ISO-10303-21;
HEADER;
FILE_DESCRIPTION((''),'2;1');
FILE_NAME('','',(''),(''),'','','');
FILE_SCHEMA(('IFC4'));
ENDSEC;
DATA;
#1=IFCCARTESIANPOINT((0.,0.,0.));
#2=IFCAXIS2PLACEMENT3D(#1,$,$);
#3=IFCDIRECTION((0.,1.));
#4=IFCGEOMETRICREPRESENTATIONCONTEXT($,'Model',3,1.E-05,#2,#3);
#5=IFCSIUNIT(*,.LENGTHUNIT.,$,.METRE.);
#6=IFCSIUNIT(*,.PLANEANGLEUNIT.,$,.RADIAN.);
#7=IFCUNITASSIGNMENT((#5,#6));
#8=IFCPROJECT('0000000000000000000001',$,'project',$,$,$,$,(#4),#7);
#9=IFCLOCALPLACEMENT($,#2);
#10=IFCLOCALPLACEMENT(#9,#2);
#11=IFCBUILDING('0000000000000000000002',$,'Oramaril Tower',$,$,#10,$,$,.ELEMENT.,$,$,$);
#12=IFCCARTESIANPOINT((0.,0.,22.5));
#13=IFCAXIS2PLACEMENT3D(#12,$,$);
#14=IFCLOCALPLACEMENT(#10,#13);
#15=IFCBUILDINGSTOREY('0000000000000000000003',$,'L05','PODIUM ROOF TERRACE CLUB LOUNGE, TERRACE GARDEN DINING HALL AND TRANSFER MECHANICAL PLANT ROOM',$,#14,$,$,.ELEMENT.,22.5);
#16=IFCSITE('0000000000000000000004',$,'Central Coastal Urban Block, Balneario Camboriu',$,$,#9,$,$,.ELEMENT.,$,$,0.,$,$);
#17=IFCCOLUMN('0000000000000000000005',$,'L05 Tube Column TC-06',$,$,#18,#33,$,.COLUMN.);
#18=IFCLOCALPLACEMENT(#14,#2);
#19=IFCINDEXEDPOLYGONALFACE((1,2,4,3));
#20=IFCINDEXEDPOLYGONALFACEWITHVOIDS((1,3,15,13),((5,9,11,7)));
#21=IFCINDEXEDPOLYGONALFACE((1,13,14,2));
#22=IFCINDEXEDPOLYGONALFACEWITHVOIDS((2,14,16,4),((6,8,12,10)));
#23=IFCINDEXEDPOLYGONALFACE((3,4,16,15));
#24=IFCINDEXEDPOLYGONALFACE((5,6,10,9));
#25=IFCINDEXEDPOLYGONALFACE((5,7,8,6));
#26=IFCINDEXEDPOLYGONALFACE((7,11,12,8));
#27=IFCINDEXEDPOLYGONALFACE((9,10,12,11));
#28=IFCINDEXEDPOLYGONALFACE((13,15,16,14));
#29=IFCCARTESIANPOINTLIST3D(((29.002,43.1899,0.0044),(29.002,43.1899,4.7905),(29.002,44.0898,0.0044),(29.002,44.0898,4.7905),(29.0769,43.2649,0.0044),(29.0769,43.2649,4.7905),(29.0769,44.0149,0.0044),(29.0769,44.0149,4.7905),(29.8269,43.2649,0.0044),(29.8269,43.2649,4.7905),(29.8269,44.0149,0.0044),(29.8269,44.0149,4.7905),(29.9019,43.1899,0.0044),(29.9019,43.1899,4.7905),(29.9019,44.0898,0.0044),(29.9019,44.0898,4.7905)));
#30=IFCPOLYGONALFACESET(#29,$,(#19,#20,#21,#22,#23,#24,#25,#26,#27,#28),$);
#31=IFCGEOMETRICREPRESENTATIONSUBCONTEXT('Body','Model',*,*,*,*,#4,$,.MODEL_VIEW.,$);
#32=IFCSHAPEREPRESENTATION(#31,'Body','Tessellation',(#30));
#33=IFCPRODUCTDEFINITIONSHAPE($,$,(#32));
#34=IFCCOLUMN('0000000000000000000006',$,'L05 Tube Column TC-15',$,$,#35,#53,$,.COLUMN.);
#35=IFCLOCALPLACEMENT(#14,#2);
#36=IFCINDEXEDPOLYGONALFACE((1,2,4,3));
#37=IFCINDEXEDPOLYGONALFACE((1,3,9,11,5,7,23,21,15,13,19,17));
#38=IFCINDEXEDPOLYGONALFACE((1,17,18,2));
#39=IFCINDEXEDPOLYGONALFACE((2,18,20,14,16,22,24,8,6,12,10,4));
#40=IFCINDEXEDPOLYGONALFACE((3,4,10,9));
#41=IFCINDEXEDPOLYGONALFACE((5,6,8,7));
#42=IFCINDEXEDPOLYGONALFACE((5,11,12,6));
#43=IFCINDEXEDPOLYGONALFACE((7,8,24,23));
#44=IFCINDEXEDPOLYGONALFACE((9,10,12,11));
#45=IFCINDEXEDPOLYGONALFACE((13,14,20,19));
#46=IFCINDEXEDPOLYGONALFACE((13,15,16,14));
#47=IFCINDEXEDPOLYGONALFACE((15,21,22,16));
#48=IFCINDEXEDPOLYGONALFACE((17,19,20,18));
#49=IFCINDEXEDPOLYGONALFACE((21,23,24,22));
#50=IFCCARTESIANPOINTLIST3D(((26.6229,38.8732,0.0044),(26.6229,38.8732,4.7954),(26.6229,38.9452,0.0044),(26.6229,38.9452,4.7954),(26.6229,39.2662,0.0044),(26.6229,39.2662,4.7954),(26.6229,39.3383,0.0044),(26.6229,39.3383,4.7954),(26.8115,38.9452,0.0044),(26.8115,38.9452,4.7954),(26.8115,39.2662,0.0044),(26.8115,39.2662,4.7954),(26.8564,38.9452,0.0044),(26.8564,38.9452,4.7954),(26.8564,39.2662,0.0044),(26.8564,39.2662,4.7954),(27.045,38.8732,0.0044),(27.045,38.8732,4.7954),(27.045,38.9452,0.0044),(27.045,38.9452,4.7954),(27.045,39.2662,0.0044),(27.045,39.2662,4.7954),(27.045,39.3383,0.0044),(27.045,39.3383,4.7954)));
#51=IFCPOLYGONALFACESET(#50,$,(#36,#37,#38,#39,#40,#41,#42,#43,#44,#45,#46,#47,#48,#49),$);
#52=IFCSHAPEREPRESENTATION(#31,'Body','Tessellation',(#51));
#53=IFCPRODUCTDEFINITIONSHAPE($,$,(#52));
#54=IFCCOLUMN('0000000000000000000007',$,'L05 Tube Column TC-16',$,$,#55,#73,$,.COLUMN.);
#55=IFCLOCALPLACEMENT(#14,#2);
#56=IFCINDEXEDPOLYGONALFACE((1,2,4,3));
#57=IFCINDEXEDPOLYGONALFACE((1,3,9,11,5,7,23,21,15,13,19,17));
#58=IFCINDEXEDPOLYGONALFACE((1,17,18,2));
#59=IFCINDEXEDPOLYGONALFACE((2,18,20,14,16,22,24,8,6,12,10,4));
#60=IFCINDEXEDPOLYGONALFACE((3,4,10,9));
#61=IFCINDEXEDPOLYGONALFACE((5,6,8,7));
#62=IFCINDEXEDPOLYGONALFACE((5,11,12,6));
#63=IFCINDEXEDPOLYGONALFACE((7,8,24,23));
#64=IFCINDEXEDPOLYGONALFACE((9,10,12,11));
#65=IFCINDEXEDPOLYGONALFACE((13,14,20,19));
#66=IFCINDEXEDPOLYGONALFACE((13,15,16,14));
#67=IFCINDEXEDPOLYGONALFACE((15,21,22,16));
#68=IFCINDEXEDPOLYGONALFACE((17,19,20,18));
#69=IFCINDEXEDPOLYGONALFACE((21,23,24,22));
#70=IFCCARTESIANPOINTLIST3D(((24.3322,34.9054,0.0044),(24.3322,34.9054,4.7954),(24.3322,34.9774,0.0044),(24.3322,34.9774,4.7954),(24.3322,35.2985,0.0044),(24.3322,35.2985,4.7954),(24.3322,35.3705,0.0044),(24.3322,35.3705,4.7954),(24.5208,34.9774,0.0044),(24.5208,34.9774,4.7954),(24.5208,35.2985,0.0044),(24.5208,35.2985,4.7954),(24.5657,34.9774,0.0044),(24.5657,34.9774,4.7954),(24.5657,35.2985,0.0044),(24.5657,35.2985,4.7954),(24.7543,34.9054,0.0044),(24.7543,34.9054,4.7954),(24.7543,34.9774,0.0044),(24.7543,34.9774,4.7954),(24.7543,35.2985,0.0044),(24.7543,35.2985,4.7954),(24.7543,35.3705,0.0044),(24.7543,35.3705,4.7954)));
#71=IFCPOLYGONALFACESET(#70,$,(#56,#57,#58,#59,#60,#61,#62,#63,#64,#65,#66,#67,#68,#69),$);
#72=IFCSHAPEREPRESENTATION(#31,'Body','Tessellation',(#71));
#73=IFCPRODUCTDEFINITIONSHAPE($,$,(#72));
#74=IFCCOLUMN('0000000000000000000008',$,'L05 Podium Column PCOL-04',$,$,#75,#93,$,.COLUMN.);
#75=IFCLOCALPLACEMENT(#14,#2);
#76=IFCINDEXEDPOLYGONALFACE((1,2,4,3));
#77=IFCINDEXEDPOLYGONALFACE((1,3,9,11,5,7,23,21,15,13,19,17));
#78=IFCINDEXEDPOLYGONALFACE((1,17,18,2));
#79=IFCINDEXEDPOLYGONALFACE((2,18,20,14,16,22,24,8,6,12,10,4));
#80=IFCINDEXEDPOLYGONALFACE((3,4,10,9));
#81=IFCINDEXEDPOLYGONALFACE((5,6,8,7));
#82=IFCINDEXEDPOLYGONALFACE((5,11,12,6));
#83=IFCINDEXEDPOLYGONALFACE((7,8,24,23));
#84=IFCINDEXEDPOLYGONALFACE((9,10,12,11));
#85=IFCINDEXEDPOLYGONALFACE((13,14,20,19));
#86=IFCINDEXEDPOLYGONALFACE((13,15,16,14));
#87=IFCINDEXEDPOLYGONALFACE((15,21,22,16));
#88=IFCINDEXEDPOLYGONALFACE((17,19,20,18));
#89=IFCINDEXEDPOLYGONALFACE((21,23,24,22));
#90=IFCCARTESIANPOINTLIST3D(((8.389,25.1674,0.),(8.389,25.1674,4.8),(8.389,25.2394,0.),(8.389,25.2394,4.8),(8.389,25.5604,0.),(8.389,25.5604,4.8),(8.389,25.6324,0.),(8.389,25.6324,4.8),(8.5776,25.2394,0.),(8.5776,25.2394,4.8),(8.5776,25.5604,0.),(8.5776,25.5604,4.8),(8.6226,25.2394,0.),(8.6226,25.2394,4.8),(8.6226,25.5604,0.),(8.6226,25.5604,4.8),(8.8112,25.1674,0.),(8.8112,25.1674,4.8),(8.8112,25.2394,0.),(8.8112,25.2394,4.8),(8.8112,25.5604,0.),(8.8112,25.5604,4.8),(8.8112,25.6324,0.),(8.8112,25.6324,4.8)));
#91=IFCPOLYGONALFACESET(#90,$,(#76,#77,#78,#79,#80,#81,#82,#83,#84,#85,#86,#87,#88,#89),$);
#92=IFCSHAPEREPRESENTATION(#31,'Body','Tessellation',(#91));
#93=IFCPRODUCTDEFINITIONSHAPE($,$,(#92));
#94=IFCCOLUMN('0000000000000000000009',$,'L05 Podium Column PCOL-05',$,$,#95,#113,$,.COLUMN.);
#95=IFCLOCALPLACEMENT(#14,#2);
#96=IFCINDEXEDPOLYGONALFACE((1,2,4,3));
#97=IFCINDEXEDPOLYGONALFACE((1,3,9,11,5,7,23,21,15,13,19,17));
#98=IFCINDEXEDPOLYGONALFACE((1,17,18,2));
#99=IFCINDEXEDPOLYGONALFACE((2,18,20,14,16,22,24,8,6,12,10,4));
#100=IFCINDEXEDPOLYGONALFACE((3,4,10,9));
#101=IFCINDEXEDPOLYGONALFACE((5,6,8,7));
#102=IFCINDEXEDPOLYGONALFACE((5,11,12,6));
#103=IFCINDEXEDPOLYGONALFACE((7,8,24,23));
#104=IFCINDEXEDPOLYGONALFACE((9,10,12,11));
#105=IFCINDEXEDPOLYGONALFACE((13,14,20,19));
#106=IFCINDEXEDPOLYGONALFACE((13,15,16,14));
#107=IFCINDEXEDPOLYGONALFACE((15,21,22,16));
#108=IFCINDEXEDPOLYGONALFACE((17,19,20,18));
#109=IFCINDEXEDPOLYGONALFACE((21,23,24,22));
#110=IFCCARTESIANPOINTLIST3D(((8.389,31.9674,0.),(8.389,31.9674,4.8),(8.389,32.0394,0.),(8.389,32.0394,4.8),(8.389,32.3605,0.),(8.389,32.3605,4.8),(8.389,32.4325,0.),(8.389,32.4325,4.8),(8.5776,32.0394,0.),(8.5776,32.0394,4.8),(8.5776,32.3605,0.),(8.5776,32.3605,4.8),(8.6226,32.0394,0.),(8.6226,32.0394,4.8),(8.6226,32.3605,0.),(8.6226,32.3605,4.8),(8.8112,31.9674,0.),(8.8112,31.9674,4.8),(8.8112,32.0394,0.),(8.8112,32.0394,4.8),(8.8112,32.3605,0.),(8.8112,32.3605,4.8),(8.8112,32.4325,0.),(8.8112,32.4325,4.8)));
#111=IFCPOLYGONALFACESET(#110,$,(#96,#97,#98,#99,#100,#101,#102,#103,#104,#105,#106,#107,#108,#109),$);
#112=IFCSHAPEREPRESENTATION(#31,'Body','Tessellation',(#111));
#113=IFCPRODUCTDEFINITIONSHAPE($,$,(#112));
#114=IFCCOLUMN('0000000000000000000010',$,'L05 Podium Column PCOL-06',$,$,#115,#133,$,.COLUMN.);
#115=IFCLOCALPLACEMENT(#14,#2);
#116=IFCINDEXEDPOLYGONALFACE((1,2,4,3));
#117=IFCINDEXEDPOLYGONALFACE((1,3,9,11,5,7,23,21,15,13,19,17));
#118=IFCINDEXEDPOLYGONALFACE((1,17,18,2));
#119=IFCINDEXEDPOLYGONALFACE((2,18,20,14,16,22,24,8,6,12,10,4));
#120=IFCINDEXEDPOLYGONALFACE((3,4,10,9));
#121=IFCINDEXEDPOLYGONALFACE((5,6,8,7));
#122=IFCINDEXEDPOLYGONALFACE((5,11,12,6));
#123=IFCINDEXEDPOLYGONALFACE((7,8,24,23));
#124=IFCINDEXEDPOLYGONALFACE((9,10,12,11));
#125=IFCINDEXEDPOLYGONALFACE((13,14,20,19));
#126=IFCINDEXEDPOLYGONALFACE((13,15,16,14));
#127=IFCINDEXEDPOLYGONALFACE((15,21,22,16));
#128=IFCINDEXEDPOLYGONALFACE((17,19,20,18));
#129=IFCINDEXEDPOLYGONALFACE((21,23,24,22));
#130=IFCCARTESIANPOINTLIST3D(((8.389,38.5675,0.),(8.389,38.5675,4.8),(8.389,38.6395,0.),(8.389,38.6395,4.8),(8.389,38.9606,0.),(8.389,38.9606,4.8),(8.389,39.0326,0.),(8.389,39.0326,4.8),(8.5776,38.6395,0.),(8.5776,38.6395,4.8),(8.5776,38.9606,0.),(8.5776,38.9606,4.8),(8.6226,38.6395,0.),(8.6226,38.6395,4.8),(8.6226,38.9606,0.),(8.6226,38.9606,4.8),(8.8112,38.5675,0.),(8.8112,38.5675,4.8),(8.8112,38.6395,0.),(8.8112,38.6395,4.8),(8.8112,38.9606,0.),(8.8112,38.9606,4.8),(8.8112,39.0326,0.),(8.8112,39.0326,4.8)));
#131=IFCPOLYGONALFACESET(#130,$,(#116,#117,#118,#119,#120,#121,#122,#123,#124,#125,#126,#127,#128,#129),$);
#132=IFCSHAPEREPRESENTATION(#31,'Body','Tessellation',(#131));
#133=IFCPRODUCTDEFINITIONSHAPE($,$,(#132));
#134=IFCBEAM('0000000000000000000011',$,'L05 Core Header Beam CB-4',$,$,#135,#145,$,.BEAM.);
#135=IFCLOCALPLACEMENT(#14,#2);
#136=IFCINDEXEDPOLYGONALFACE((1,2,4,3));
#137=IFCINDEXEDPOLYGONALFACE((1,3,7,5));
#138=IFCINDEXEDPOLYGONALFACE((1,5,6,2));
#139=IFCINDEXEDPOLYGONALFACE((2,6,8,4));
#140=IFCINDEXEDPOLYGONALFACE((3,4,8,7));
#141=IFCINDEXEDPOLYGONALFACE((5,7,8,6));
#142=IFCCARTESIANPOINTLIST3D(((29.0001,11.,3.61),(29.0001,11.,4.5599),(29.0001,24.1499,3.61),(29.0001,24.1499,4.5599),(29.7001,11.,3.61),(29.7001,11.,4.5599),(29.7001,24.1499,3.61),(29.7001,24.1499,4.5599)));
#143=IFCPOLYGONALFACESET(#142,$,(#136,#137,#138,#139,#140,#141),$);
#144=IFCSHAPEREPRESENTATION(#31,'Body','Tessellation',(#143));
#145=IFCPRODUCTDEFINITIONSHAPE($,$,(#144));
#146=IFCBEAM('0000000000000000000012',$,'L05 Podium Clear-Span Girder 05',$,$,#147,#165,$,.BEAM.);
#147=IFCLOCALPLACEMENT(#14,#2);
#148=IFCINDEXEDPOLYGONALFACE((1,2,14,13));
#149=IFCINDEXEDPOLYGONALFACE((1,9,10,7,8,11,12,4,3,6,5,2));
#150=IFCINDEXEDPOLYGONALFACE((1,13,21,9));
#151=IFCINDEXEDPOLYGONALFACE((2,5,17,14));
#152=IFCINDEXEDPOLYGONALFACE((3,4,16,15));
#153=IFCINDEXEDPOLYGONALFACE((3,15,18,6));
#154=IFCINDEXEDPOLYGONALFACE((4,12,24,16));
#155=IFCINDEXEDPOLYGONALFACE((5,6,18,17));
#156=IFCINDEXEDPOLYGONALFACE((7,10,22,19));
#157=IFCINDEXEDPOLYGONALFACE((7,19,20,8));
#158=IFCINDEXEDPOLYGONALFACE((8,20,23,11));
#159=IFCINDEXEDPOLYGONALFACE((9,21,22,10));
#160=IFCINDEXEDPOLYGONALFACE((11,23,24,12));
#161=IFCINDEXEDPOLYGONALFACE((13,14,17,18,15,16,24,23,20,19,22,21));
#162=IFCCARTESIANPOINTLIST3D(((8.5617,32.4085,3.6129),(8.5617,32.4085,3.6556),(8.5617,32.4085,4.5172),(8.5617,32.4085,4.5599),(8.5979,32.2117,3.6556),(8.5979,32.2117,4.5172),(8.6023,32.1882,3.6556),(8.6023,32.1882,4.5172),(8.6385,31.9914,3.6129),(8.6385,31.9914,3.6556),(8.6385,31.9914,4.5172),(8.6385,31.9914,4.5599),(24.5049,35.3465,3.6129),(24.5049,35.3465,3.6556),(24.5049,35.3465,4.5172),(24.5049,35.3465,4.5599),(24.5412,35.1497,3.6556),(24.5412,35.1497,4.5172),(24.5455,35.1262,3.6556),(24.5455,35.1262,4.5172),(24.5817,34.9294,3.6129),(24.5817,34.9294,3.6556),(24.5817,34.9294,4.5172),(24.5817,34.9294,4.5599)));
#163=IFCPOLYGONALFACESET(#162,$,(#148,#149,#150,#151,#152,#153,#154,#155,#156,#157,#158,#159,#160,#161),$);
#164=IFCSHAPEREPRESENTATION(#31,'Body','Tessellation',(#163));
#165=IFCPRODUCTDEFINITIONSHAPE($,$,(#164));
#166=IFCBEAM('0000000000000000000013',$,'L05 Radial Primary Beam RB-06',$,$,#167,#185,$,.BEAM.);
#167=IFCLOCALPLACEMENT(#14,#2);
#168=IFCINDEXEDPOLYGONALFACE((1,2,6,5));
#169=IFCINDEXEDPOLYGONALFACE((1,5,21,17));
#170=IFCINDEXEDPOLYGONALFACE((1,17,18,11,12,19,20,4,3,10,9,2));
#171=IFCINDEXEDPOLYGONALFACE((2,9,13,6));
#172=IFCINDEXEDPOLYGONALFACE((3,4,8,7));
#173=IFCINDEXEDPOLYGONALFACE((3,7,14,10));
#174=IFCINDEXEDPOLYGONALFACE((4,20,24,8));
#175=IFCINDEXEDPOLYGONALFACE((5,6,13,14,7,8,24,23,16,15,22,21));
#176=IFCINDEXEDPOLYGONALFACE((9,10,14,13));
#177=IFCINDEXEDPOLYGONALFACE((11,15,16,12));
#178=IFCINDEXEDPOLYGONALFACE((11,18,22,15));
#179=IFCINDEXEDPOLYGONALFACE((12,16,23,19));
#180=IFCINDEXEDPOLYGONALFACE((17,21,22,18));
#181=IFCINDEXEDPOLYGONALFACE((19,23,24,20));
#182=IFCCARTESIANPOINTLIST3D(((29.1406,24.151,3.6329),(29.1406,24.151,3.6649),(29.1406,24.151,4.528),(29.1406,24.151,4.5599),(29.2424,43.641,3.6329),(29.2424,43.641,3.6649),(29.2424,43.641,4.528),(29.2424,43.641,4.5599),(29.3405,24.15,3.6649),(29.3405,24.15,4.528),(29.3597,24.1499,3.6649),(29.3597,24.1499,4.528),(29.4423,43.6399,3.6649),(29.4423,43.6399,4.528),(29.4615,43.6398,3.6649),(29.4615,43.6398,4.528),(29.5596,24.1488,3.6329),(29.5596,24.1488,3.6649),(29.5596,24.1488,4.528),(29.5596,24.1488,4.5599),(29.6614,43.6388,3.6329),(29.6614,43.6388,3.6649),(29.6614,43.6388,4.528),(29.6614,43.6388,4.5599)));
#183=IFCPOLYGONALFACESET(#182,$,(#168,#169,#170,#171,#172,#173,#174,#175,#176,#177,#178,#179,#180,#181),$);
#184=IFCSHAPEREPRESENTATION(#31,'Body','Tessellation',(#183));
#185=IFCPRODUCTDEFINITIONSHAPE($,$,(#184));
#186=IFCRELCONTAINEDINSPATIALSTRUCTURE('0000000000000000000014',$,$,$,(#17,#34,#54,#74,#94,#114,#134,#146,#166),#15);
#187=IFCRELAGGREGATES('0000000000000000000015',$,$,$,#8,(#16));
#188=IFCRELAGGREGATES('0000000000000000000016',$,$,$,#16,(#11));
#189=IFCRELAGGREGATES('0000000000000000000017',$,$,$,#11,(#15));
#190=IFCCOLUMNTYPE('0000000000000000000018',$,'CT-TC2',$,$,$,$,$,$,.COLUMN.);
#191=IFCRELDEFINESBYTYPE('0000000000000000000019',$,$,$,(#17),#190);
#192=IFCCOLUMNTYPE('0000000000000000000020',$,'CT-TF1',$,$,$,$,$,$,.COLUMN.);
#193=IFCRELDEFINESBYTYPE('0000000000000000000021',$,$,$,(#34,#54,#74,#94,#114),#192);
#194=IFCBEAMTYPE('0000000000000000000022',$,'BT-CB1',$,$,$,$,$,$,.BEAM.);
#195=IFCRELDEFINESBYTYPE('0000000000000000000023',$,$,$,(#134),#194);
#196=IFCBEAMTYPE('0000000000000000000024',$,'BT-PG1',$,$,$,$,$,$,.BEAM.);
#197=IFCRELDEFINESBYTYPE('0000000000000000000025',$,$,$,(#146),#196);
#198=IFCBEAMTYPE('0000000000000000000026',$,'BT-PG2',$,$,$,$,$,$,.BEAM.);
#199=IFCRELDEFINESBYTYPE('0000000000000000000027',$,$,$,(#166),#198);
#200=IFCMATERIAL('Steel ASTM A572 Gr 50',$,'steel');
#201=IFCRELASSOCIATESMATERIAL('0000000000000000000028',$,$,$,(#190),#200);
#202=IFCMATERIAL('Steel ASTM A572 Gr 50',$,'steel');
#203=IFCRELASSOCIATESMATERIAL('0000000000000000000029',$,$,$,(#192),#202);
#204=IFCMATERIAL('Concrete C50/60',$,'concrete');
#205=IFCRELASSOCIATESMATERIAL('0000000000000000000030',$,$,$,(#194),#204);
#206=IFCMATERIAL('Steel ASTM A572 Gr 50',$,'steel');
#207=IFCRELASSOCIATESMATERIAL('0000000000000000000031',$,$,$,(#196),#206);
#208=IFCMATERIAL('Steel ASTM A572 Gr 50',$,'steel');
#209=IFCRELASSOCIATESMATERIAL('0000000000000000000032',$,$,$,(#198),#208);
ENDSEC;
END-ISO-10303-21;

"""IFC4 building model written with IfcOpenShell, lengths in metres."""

from ifc_helpers import new_model, si_unit, direction, frame, origin, origin_2d, place, context, subcontext, project, spatial, rectangle, hollow_rectangle, i_section, extrude, material, material_profile, profile_set, type_object, element, save


model = new_model("IFC4")

# Units and contexts
model_context = context("Model", 3, precision=1e-05, world=origin(), true_north=direction((0.0, 1.0)))
body_context = subcontext(model_context, "Body", "Model", "MODEL_VIEW")
ifc_project = project(units=[si_unit("LENGTHUNIT", "METRE"), si_unit("PLANEANGLEUNIT", "RADIAN")], contexts=[model_context])

# Site, building, storey
site_placement = place(None, origin())
site = spatial("IfcSite", under=ifc_project, at=site_placement, Name="Central Coastal Urban Block, Balneario Camboriu", CompositionType="ELEMENT", RefElevation=0.0)
building_placement = place(site_placement, origin())
building = spatial("IfcBuilding", under=site, at=building_placement, Name="Oramaril Tower", CompositionType="ELEMENT")
storey_placement = place(building_placement, frame((0.0, 0.0, 22.5)))
storey = spatial("IfcBuildingStorey", under=building, at=storey_placement, Name="L05", Description="PODIUM ROOF TERRACE CLUB LOUNGE, TERRACE GARDEN DINING HALL AND TRANSFER MECHANICAL PLANT ROOM", CompositionType="ELEMENT", Elevation=22.5)

# Columns
ifc_material_1 = material(Name="Steel ASTM A572 Gr 50", Category="steel")
ifc_material_profile_1 = material_profile(ifc_material_1, hollow_rectangle(XDim=0.8999, YDim=0.8999, WallThickness=0.075, at=origin_2d()), Name="BOX900X900X75")
ifc_profile_set_1 = profile_set([ifc_material_profile_1], Name="Steel ASTM A572 Gr 50")
column_type_1 = type_object("IfcColumnType", Name="CT-TC2", PredefinedType="COLUMN", material=ifc_profile_set_1)
column_placement = place(storey_placement, frame((29.4519, 43.6399, 0.0044), z_axis=(0.0, 0.0, 1.0), x_axis=(1.0, 0.0, 0.0)))
element("IfcColumn", 1, at=column_placement, inside=storey, type_object=column_type_1, Name="L05 Tube Column TC-06", PredefinedType="COLUMN", context=body_context, shape_type="SweptSolid", body=[
    extrude(hollow_rectangle(XDim=0.8999, YDim=0.8999, WallThickness=0.075, at=origin_2d()), origin(), (0.0, 0.0, 1.0), 4.7861),
])
ifc_material_2 = material(Name="Steel ASTM A572 Gr 50", Category="steel")
ifc_material_profile_2 = material_profile(ifc_material_2, i_section(OverallWidth=0.4221, OverallDepth=0.4651, WebThickness=0.0449, FlangeThickness=0.072, at=origin_2d()), Name="W14X398")
ifc_profile_set_2 = profile_set([ifc_material_profile_2], Name="Steel ASTM A572 Gr 50")
column_type_2 = type_object("IfcColumnType", Name="CT-TF1", PredefinedType="COLUMN", material=ifc_profile_set_2)
for number, where, z_axis, x_axis, name in (
    (2, (26.834, 39.1057, 0.0044), (0.0, 0.0, 1.0), (1.0, 0.0, 0.0), "L05 Tube Column TC-15"),
    (3, (24.5432, 35.1379, 0.0044), (0.0, 0.0, 1.0), (1.0, 0.0, 0.0), "L05 Tube Column TC-16"),
):
    element("IfcColumn", number, at=place(storey_placement, frame(where, z_axis=z_axis, x_axis=x_axis)), inside=storey, type_object=column_type_2, Name=name, PredefinedType="COLUMN", context=body_context, shape_type="SweptSolid", body=[
        extrude(i_section(OverallWidth=0.4221, OverallDepth=0.4651, WebThickness=0.0449, FlangeThickness=0.072, at=origin_2d()), origin(), (0.0, 0.0, 1.0), 4.791),
    ])
for number, where, z_axis, x_axis, name in (
    (4, (8.6001, 25.3999, 0.0), (0.0, 0.0, 1.0), (1.0, 0.0, 0.0), "L05 Podium Column PCOL-04"),
    (5, (8.6001, 32.2, 0.0), (0.0, 0.0, 1.0), (1.0, 0.0, 0.0), "L05 Podium Column PCOL-05"),
    (6, (8.6001, 38.8, 0.0), (0.0, 0.0, 1.0), (1.0, 0.0, 0.0), "L05 Podium Column PCOL-06"),
):
    element("IfcColumn", number, at=place(storey_placement, frame(where, z_axis=z_axis, x_axis=x_axis)), inside=storey, type_object=column_type_2, Name=name, PredefinedType="COLUMN", context=body_context, shape_type="SweptSolid", body=[
        extrude(i_section(OverallWidth=0.4221, OverallDepth=0.4651, WebThickness=0.0449, FlangeThickness=0.072, at=origin_2d()), origin(), (0.0, 0.0, 1.0), 4.8),
    ])

# Beams
ifc_material_3 = material(Name="Concrete C50/60", Category="concrete")
ifc_material_profile_3 = material_profile(ifc_material_3, rectangle(XDim=0.7, YDim=0.95, at=origin_2d()), Name="CB700X950")
ifc_profile_set_3 = profile_set([ifc_material_profile_3], Name="Concrete C50/60")
beam_type_1 = type_object("IfcBeamType", Name="BT-CB1", PredefinedType="BEAM", material=ifc_profile_set_3)
beam_1_placement = place(storey_placement, frame((29.3501, 24.1499, 4.085), z_axis=(0.0, -1.0, 0.0), x_axis=(1.0, 0.0, 0.0)))
element("IfcBeam", 7, at=beam_1_placement, inside=storey, type_object=beam_type_1, Name="L05 Core Header Beam CB-4", PredefinedType="BEAM", context=body_context, shape_type="SweptSolid", body=[
    extrude(rectangle(XDim=0.7, YDim=0.95, at=origin_2d()), origin(), (0.0, 0.0, 1.0), 13.1499),
])
ifc_material_4 = material(Name="Steel ASTM A572 Gr 50", Category="steel")
ifc_material_profile_4 = material_profile(ifc_material_4, i_section(OverallWidth=0.4241, OverallDepth=0.947, WebThickness=0.0239, FlangeThickness=0.0427, at=origin_2d()), Name="W36X302")
ifc_profile_set_4 = profile_set([ifc_material_profile_4], Name="Steel ASTM A572 Gr 50")
beam_type_2 = type_object("IfcBeamType", Name="BT-PG1", PredefinedType="BEAM", material=ifc_profile_set_4)
beam_2_placement = place(storey_placement, frame((8.6001, 32.2, 4.0864), z_axis=(0.983441, 0.181228, 0.0), x_axis=(-0.181228, 0.983441, 0.0)))
element("IfcBeam", 8, at=beam_2_placement, inside=storey, type_object=beam_type_2, Name="L05 Podium Clear-Span Girder 05", PredefinedType="BEAM", context=body_context, shape_type="SweptSolid", body=[
    extrude(i_section(OverallWidth=0.4241, OverallDepth=0.947, WebThickness=0.0239, FlangeThickness=0.0427, at=origin_2d()), origin(), (0.0, 0.0, 1.0), 16.2117),
])
ifc_material_5 = material(Name="Steel ASTM A572 Gr 50", Category="steel")
ifc_material_profile_5 = material_profile(ifc_material_5, i_section(OverallWidth=0.4189, OverallDepth=0.927, WebThickness=0.0193, FlangeThickness=0.032, at=origin_2d()), Name="W36X231")
ifc_profile_set_5 = profile_set([ifc_material_profile_5], Name="Steel ASTM A572 Gr 50")
beam_type_3 = type_object("IfcBeamType", Name="BT-PG2", PredefinedType="BEAM", material=ifc_profile_set_5)
beam_3_placement = place(storey_placement, frame((29.3501, 24.1499, 4.0964), z_axis=(0.005223, 0.999986, 0.0), x_axis=(-0.999986, 0.005223, 0.0)))
element("IfcBeam", 9, at=beam_3_placement, inside=storey, type_object=beam_type_3, Name="L05 Radial Primary Beam RB-06", PredefinedType="BEAM", context=body_context, shape_type="SweptSolid", body=[
    extrude(i_section(OverallWidth=0.4189, OverallDepth=0.927, WebThickness=0.0193, FlangeThickness=0.032, at=origin_2d()), origin(), (0.0, 0.0, 1.0), 19.4902),
])

save(model, "model.ifc")
